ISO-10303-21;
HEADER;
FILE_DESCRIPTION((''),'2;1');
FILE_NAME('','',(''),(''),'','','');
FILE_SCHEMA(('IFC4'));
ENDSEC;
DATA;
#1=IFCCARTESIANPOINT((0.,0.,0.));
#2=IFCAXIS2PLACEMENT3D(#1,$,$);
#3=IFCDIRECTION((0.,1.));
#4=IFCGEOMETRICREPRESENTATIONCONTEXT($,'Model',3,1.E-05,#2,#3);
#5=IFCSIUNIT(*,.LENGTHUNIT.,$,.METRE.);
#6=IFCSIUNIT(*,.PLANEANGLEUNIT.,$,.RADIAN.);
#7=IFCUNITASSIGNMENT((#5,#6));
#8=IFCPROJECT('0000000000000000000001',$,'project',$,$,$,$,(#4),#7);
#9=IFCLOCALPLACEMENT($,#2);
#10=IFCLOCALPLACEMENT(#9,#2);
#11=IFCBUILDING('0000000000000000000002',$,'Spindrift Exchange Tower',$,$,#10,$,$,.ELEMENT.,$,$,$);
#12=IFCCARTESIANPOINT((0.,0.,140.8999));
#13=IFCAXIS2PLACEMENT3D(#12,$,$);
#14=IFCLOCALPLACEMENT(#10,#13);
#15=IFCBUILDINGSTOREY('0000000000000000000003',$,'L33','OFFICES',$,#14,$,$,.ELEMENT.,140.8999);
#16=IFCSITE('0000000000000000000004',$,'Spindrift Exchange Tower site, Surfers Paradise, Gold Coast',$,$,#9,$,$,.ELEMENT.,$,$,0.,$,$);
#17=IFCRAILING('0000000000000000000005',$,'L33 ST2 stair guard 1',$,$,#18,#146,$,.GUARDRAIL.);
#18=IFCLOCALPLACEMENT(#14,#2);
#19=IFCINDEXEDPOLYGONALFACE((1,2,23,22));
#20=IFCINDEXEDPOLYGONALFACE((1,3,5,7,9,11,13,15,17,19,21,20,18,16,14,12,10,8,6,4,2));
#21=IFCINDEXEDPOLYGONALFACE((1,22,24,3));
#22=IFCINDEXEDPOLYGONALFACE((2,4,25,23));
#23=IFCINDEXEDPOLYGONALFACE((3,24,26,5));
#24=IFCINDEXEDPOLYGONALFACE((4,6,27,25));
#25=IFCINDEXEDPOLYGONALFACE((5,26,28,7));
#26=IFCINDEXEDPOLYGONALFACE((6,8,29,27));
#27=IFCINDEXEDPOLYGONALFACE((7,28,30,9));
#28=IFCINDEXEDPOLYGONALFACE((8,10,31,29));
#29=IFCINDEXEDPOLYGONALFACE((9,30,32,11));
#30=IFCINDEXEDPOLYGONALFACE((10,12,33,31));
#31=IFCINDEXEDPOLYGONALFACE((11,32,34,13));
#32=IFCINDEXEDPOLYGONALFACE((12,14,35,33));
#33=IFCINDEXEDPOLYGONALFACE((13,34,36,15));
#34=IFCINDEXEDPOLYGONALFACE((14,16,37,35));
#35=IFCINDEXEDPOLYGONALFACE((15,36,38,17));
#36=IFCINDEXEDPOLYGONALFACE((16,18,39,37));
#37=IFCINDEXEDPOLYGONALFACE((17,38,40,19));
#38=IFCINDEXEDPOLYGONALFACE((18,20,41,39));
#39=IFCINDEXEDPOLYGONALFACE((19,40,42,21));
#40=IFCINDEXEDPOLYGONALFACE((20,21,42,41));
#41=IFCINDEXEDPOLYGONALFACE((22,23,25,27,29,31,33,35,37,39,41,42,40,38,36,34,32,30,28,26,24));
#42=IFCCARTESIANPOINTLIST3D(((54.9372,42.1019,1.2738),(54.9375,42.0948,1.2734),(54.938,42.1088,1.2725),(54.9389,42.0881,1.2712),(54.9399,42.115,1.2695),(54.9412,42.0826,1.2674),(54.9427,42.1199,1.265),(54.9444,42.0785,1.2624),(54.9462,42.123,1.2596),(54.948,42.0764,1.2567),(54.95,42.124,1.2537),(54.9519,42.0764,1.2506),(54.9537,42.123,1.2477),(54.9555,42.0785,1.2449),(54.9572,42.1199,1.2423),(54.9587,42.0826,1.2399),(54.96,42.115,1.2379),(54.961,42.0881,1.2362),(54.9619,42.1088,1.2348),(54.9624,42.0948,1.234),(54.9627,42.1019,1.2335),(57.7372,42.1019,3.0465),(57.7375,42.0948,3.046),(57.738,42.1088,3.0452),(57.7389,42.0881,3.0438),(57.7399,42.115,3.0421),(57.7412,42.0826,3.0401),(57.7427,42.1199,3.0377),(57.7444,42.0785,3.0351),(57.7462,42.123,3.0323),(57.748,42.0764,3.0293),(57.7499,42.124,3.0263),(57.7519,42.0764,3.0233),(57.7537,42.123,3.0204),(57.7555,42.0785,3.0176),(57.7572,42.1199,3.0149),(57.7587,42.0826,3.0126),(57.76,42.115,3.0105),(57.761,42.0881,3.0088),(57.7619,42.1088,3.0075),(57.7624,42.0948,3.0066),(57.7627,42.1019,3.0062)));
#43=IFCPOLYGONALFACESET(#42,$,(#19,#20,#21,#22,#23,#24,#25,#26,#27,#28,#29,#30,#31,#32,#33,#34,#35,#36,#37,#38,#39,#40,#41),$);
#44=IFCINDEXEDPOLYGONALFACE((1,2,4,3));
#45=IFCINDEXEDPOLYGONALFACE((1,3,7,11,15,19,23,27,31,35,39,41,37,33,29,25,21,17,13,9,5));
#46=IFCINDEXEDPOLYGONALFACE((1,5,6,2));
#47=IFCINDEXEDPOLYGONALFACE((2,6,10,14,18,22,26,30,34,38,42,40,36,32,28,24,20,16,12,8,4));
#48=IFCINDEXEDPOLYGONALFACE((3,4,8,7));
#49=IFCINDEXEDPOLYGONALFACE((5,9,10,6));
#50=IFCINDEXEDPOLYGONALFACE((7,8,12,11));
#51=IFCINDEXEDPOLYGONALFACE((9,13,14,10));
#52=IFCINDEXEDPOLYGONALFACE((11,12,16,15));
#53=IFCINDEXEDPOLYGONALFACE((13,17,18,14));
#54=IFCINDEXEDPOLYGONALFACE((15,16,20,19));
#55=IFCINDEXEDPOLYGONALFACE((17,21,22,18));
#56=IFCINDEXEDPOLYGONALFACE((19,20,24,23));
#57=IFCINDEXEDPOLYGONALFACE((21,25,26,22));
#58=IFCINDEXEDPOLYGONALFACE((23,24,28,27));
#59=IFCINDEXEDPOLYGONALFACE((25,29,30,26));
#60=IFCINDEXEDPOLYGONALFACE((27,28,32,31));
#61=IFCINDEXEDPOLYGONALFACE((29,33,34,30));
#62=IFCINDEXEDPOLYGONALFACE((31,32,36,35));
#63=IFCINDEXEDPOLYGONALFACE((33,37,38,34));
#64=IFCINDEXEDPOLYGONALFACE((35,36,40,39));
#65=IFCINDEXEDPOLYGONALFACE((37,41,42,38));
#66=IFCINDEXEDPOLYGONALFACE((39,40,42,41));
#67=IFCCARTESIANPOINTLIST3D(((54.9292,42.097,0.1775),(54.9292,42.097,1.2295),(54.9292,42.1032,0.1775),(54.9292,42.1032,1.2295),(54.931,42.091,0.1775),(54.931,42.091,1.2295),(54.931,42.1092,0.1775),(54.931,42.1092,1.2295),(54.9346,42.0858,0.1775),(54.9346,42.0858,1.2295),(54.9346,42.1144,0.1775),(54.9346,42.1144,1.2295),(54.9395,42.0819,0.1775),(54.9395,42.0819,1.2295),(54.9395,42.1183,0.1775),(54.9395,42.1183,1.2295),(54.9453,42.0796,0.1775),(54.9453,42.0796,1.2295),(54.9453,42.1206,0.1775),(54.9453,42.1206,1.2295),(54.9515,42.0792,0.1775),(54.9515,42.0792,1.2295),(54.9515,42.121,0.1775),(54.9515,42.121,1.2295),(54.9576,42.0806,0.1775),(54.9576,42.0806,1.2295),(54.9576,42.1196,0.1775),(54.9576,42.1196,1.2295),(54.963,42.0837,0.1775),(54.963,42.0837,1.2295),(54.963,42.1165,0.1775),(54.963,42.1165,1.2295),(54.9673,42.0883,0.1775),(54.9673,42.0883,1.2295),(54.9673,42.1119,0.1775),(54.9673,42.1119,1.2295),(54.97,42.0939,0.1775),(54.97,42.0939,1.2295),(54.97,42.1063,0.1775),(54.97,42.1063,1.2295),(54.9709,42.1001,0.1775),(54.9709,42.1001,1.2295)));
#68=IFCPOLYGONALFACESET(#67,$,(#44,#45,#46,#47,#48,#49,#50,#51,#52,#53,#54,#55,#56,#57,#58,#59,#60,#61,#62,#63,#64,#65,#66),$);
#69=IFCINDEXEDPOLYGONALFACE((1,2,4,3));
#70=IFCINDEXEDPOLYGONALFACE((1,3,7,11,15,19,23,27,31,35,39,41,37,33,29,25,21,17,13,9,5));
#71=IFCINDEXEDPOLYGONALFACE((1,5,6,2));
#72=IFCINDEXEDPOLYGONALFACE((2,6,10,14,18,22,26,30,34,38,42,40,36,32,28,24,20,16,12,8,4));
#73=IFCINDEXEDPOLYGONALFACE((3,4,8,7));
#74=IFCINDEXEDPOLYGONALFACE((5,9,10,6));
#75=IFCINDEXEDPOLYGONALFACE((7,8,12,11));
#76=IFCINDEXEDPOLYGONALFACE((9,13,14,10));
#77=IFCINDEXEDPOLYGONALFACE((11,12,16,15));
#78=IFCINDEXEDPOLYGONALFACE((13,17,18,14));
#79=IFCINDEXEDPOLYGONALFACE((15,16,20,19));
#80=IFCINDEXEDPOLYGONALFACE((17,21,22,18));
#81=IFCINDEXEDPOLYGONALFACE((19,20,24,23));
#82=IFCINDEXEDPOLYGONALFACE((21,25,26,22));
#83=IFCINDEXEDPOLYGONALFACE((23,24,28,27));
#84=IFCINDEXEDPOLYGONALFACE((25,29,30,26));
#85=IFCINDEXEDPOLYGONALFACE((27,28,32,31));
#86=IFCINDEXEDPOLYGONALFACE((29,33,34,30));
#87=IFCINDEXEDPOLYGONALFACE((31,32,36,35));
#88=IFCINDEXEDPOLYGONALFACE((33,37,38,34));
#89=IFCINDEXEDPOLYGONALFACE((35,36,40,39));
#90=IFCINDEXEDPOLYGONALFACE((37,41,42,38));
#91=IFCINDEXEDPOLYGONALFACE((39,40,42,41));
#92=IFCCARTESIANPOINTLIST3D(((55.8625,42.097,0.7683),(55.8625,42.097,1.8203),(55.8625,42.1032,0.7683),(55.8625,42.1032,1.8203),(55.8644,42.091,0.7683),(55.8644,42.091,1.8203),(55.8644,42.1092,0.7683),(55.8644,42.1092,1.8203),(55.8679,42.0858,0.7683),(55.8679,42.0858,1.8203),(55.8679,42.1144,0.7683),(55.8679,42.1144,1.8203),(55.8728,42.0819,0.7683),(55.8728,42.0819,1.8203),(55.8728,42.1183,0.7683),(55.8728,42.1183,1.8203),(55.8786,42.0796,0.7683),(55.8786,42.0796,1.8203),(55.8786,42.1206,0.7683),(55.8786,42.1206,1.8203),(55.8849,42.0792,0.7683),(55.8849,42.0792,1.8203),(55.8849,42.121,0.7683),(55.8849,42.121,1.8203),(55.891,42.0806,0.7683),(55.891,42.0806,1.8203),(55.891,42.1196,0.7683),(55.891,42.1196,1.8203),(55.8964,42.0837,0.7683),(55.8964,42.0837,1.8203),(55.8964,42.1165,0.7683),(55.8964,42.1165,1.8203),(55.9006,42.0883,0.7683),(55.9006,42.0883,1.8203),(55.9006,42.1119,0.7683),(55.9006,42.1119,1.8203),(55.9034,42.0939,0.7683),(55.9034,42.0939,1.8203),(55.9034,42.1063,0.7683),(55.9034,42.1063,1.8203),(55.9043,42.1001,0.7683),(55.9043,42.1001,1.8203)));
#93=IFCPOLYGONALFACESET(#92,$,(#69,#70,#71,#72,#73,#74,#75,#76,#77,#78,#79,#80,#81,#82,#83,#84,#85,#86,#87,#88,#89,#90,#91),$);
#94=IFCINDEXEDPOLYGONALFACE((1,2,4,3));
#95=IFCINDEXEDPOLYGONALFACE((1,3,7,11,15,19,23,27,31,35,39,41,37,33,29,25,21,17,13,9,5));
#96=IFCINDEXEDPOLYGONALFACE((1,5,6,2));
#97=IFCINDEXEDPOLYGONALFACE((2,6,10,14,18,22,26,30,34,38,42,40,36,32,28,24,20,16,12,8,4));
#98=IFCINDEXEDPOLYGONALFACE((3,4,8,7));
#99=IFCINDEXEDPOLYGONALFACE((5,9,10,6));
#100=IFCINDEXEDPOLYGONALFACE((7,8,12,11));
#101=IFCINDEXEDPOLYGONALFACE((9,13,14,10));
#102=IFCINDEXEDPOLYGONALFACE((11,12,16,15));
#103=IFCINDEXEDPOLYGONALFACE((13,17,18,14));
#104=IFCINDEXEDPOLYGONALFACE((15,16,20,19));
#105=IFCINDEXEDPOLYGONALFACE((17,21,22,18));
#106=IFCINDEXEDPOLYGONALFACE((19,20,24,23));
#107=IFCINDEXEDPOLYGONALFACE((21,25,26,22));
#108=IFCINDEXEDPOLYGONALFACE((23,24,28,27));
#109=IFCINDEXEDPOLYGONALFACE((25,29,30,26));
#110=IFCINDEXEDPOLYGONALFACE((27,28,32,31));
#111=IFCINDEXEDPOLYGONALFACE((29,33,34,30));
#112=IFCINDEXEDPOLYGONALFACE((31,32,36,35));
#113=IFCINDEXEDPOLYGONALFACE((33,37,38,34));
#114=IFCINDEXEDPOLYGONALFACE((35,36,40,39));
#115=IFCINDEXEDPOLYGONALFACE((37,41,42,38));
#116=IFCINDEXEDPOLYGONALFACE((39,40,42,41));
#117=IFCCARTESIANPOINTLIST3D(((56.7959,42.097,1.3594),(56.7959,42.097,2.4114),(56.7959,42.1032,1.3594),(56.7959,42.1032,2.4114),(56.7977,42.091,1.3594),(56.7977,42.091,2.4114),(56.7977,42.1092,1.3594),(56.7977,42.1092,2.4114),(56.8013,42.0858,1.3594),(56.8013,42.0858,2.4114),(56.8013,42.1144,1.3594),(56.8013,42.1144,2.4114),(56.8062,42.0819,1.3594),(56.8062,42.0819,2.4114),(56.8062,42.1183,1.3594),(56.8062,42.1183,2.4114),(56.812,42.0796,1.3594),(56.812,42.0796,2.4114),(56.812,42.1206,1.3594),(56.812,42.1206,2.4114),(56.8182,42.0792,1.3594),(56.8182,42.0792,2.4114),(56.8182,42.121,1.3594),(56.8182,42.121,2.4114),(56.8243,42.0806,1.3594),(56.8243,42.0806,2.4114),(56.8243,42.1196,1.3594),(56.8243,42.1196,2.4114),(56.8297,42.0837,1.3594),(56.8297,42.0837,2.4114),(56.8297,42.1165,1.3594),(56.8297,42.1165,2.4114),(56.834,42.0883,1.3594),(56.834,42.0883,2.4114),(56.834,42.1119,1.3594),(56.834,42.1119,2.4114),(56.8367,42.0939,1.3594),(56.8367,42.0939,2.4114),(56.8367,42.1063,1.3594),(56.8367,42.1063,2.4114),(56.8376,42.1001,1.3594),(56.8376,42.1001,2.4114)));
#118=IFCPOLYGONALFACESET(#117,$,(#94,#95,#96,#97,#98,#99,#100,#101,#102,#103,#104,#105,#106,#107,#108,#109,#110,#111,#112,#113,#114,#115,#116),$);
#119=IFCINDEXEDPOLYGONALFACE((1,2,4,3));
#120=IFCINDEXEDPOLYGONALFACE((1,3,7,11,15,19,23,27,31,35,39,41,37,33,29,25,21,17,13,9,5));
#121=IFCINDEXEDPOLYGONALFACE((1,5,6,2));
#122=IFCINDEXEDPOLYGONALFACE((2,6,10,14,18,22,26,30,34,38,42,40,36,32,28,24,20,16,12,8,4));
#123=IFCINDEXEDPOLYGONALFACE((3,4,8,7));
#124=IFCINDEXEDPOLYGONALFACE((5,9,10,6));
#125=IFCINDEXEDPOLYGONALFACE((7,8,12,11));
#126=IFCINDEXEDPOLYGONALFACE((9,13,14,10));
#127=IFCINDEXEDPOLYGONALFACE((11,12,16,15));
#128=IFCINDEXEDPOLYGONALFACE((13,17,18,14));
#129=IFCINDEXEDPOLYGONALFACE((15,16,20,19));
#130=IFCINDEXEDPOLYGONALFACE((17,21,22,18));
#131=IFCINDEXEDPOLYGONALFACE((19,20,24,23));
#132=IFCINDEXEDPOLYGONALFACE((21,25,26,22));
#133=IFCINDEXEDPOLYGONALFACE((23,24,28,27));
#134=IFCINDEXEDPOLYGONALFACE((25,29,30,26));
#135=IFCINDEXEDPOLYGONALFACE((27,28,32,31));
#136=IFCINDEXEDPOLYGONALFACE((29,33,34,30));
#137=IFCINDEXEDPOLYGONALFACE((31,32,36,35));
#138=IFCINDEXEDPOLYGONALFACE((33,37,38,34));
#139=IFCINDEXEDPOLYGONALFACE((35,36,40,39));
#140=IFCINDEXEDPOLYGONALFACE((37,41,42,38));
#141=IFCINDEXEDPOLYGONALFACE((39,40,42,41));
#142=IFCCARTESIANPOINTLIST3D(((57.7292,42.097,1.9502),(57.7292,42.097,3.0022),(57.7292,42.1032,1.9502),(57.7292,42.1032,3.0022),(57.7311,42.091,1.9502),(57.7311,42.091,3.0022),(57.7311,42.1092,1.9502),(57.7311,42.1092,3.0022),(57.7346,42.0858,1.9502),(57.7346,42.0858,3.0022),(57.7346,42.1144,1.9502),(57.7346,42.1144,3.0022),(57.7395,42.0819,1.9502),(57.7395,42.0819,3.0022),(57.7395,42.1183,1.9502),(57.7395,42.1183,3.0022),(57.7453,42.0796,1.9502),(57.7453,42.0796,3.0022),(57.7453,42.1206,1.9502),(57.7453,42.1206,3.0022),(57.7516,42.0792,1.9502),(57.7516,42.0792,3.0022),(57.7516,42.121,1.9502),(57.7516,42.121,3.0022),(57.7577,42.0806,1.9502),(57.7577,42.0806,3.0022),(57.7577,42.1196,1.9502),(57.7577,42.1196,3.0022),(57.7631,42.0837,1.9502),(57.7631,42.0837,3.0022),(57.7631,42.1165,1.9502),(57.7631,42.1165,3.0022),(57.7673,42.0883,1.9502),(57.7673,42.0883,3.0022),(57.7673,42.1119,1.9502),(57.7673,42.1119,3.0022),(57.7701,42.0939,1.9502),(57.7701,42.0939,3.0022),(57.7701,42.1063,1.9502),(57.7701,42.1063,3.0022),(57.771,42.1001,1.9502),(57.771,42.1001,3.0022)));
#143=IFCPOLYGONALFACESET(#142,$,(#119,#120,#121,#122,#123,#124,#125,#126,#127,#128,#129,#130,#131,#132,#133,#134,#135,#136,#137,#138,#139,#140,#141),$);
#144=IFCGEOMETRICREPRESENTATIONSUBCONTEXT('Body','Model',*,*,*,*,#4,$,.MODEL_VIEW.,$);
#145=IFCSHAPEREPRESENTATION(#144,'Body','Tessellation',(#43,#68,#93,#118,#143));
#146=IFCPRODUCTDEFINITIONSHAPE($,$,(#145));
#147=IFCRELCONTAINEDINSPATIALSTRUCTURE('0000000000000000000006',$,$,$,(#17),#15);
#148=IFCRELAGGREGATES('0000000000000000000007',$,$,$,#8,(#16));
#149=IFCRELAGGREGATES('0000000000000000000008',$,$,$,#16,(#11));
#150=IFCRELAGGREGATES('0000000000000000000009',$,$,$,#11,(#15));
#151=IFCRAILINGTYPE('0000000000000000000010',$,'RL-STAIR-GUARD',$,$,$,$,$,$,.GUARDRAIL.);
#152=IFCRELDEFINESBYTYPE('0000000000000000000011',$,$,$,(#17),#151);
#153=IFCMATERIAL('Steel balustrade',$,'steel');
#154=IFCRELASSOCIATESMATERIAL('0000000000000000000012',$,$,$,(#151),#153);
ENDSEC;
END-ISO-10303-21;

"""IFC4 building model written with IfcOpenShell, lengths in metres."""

from ifc_helpers import new_model, si_unit, direction, frame, origin, origin_2d, place, context, subcontext, project, spatial, circle, extrude, material, type_object, element, save


model = new_model("IFC4")

# Units and contexts
model_context = context("Model", 3, precision=1e-05, world=origin(), true_north=direction((0.0, 1.0)))
body_context = subcontext(model_context, "Body", "Model", "MODEL_VIEW")
ifc_project = project(units=[si_unit("LENGTHUNIT", "METRE"), si_unit("PLANEANGLEUNIT", "RADIAN")], contexts=[model_context])

# Site, building, storey
site_placement = place(None, origin())
site = spatial("IfcSite", under=ifc_project, at=site_placement, Name="Spindrift Exchange Tower site, Surfers Paradise, Gold Coast", CompositionType="ELEMENT", RefElevation=0.0)
building_placement = place(site_placement, origin())
building = spatial("IfcBuilding", under=site, at=building_placement, Name="Spindrift Exchange Tower", CompositionType="ELEMENT")
storey_placement = place(building_placement, frame((0.0, 0.0, 140.8999)))
storey = spatial("IfcBuildingStorey", under=building, at=storey_placement, Name="L33", Description="OFFICES", CompositionType="ELEMENT", Elevation=140.8999)

# Railing
ifc_material_1 = material(Name="Steel balustrade", Category="steel")
railing_type_1 = type_object("IfcRailingType", Name="RL-STAIR-GUARD", PredefinedType="GUARDRAIL", material=ifc_material_1)
railing_1_placement = place(storey_placement, frame((54.95, 42.1001, 0.1775)))
element("IfcRailing", 1, at=railing_1_placement, inside=storey, type_object=railing_type_1, Name="L33 ST2 stair guard 1", PredefinedType="GUARDRAIL", context=body_context, shape_type="SweptSolid", body=[
    extrude(circle(Radius=0.0239, at=origin_2d()), frame((0.0, 0.0, 1.0762), z_axis=(0.844909, 0.0, 0.53491), x_axis=(0.0, 1.0, 0.0)), (0.0, 0.0, 1.0), 3.314),
    extrude(circle(Radius=0.021, at=origin_2d()), origin(), (0.0, 0.0, 1.0), 1.052),
    extrude(circle(Radius=0.021, at=origin_2d()), frame((0.9333, 0.0, 0.5908)), (0.0, 0.0, 1.0), 1.052),
    extrude(circle(Radius=0.021, at=origin_2d()), frame((1.8667, 0.0, 1.1819)), (0.0, 0.0, 1.0), 1.052),
    extrude(circle(Radius=0.021, at=origin_2d()), frame((2.8, 0.0, 1.7727)), (0.0, 0.0, 1.0), 1.052),
])

save(model, "model.ifc")
